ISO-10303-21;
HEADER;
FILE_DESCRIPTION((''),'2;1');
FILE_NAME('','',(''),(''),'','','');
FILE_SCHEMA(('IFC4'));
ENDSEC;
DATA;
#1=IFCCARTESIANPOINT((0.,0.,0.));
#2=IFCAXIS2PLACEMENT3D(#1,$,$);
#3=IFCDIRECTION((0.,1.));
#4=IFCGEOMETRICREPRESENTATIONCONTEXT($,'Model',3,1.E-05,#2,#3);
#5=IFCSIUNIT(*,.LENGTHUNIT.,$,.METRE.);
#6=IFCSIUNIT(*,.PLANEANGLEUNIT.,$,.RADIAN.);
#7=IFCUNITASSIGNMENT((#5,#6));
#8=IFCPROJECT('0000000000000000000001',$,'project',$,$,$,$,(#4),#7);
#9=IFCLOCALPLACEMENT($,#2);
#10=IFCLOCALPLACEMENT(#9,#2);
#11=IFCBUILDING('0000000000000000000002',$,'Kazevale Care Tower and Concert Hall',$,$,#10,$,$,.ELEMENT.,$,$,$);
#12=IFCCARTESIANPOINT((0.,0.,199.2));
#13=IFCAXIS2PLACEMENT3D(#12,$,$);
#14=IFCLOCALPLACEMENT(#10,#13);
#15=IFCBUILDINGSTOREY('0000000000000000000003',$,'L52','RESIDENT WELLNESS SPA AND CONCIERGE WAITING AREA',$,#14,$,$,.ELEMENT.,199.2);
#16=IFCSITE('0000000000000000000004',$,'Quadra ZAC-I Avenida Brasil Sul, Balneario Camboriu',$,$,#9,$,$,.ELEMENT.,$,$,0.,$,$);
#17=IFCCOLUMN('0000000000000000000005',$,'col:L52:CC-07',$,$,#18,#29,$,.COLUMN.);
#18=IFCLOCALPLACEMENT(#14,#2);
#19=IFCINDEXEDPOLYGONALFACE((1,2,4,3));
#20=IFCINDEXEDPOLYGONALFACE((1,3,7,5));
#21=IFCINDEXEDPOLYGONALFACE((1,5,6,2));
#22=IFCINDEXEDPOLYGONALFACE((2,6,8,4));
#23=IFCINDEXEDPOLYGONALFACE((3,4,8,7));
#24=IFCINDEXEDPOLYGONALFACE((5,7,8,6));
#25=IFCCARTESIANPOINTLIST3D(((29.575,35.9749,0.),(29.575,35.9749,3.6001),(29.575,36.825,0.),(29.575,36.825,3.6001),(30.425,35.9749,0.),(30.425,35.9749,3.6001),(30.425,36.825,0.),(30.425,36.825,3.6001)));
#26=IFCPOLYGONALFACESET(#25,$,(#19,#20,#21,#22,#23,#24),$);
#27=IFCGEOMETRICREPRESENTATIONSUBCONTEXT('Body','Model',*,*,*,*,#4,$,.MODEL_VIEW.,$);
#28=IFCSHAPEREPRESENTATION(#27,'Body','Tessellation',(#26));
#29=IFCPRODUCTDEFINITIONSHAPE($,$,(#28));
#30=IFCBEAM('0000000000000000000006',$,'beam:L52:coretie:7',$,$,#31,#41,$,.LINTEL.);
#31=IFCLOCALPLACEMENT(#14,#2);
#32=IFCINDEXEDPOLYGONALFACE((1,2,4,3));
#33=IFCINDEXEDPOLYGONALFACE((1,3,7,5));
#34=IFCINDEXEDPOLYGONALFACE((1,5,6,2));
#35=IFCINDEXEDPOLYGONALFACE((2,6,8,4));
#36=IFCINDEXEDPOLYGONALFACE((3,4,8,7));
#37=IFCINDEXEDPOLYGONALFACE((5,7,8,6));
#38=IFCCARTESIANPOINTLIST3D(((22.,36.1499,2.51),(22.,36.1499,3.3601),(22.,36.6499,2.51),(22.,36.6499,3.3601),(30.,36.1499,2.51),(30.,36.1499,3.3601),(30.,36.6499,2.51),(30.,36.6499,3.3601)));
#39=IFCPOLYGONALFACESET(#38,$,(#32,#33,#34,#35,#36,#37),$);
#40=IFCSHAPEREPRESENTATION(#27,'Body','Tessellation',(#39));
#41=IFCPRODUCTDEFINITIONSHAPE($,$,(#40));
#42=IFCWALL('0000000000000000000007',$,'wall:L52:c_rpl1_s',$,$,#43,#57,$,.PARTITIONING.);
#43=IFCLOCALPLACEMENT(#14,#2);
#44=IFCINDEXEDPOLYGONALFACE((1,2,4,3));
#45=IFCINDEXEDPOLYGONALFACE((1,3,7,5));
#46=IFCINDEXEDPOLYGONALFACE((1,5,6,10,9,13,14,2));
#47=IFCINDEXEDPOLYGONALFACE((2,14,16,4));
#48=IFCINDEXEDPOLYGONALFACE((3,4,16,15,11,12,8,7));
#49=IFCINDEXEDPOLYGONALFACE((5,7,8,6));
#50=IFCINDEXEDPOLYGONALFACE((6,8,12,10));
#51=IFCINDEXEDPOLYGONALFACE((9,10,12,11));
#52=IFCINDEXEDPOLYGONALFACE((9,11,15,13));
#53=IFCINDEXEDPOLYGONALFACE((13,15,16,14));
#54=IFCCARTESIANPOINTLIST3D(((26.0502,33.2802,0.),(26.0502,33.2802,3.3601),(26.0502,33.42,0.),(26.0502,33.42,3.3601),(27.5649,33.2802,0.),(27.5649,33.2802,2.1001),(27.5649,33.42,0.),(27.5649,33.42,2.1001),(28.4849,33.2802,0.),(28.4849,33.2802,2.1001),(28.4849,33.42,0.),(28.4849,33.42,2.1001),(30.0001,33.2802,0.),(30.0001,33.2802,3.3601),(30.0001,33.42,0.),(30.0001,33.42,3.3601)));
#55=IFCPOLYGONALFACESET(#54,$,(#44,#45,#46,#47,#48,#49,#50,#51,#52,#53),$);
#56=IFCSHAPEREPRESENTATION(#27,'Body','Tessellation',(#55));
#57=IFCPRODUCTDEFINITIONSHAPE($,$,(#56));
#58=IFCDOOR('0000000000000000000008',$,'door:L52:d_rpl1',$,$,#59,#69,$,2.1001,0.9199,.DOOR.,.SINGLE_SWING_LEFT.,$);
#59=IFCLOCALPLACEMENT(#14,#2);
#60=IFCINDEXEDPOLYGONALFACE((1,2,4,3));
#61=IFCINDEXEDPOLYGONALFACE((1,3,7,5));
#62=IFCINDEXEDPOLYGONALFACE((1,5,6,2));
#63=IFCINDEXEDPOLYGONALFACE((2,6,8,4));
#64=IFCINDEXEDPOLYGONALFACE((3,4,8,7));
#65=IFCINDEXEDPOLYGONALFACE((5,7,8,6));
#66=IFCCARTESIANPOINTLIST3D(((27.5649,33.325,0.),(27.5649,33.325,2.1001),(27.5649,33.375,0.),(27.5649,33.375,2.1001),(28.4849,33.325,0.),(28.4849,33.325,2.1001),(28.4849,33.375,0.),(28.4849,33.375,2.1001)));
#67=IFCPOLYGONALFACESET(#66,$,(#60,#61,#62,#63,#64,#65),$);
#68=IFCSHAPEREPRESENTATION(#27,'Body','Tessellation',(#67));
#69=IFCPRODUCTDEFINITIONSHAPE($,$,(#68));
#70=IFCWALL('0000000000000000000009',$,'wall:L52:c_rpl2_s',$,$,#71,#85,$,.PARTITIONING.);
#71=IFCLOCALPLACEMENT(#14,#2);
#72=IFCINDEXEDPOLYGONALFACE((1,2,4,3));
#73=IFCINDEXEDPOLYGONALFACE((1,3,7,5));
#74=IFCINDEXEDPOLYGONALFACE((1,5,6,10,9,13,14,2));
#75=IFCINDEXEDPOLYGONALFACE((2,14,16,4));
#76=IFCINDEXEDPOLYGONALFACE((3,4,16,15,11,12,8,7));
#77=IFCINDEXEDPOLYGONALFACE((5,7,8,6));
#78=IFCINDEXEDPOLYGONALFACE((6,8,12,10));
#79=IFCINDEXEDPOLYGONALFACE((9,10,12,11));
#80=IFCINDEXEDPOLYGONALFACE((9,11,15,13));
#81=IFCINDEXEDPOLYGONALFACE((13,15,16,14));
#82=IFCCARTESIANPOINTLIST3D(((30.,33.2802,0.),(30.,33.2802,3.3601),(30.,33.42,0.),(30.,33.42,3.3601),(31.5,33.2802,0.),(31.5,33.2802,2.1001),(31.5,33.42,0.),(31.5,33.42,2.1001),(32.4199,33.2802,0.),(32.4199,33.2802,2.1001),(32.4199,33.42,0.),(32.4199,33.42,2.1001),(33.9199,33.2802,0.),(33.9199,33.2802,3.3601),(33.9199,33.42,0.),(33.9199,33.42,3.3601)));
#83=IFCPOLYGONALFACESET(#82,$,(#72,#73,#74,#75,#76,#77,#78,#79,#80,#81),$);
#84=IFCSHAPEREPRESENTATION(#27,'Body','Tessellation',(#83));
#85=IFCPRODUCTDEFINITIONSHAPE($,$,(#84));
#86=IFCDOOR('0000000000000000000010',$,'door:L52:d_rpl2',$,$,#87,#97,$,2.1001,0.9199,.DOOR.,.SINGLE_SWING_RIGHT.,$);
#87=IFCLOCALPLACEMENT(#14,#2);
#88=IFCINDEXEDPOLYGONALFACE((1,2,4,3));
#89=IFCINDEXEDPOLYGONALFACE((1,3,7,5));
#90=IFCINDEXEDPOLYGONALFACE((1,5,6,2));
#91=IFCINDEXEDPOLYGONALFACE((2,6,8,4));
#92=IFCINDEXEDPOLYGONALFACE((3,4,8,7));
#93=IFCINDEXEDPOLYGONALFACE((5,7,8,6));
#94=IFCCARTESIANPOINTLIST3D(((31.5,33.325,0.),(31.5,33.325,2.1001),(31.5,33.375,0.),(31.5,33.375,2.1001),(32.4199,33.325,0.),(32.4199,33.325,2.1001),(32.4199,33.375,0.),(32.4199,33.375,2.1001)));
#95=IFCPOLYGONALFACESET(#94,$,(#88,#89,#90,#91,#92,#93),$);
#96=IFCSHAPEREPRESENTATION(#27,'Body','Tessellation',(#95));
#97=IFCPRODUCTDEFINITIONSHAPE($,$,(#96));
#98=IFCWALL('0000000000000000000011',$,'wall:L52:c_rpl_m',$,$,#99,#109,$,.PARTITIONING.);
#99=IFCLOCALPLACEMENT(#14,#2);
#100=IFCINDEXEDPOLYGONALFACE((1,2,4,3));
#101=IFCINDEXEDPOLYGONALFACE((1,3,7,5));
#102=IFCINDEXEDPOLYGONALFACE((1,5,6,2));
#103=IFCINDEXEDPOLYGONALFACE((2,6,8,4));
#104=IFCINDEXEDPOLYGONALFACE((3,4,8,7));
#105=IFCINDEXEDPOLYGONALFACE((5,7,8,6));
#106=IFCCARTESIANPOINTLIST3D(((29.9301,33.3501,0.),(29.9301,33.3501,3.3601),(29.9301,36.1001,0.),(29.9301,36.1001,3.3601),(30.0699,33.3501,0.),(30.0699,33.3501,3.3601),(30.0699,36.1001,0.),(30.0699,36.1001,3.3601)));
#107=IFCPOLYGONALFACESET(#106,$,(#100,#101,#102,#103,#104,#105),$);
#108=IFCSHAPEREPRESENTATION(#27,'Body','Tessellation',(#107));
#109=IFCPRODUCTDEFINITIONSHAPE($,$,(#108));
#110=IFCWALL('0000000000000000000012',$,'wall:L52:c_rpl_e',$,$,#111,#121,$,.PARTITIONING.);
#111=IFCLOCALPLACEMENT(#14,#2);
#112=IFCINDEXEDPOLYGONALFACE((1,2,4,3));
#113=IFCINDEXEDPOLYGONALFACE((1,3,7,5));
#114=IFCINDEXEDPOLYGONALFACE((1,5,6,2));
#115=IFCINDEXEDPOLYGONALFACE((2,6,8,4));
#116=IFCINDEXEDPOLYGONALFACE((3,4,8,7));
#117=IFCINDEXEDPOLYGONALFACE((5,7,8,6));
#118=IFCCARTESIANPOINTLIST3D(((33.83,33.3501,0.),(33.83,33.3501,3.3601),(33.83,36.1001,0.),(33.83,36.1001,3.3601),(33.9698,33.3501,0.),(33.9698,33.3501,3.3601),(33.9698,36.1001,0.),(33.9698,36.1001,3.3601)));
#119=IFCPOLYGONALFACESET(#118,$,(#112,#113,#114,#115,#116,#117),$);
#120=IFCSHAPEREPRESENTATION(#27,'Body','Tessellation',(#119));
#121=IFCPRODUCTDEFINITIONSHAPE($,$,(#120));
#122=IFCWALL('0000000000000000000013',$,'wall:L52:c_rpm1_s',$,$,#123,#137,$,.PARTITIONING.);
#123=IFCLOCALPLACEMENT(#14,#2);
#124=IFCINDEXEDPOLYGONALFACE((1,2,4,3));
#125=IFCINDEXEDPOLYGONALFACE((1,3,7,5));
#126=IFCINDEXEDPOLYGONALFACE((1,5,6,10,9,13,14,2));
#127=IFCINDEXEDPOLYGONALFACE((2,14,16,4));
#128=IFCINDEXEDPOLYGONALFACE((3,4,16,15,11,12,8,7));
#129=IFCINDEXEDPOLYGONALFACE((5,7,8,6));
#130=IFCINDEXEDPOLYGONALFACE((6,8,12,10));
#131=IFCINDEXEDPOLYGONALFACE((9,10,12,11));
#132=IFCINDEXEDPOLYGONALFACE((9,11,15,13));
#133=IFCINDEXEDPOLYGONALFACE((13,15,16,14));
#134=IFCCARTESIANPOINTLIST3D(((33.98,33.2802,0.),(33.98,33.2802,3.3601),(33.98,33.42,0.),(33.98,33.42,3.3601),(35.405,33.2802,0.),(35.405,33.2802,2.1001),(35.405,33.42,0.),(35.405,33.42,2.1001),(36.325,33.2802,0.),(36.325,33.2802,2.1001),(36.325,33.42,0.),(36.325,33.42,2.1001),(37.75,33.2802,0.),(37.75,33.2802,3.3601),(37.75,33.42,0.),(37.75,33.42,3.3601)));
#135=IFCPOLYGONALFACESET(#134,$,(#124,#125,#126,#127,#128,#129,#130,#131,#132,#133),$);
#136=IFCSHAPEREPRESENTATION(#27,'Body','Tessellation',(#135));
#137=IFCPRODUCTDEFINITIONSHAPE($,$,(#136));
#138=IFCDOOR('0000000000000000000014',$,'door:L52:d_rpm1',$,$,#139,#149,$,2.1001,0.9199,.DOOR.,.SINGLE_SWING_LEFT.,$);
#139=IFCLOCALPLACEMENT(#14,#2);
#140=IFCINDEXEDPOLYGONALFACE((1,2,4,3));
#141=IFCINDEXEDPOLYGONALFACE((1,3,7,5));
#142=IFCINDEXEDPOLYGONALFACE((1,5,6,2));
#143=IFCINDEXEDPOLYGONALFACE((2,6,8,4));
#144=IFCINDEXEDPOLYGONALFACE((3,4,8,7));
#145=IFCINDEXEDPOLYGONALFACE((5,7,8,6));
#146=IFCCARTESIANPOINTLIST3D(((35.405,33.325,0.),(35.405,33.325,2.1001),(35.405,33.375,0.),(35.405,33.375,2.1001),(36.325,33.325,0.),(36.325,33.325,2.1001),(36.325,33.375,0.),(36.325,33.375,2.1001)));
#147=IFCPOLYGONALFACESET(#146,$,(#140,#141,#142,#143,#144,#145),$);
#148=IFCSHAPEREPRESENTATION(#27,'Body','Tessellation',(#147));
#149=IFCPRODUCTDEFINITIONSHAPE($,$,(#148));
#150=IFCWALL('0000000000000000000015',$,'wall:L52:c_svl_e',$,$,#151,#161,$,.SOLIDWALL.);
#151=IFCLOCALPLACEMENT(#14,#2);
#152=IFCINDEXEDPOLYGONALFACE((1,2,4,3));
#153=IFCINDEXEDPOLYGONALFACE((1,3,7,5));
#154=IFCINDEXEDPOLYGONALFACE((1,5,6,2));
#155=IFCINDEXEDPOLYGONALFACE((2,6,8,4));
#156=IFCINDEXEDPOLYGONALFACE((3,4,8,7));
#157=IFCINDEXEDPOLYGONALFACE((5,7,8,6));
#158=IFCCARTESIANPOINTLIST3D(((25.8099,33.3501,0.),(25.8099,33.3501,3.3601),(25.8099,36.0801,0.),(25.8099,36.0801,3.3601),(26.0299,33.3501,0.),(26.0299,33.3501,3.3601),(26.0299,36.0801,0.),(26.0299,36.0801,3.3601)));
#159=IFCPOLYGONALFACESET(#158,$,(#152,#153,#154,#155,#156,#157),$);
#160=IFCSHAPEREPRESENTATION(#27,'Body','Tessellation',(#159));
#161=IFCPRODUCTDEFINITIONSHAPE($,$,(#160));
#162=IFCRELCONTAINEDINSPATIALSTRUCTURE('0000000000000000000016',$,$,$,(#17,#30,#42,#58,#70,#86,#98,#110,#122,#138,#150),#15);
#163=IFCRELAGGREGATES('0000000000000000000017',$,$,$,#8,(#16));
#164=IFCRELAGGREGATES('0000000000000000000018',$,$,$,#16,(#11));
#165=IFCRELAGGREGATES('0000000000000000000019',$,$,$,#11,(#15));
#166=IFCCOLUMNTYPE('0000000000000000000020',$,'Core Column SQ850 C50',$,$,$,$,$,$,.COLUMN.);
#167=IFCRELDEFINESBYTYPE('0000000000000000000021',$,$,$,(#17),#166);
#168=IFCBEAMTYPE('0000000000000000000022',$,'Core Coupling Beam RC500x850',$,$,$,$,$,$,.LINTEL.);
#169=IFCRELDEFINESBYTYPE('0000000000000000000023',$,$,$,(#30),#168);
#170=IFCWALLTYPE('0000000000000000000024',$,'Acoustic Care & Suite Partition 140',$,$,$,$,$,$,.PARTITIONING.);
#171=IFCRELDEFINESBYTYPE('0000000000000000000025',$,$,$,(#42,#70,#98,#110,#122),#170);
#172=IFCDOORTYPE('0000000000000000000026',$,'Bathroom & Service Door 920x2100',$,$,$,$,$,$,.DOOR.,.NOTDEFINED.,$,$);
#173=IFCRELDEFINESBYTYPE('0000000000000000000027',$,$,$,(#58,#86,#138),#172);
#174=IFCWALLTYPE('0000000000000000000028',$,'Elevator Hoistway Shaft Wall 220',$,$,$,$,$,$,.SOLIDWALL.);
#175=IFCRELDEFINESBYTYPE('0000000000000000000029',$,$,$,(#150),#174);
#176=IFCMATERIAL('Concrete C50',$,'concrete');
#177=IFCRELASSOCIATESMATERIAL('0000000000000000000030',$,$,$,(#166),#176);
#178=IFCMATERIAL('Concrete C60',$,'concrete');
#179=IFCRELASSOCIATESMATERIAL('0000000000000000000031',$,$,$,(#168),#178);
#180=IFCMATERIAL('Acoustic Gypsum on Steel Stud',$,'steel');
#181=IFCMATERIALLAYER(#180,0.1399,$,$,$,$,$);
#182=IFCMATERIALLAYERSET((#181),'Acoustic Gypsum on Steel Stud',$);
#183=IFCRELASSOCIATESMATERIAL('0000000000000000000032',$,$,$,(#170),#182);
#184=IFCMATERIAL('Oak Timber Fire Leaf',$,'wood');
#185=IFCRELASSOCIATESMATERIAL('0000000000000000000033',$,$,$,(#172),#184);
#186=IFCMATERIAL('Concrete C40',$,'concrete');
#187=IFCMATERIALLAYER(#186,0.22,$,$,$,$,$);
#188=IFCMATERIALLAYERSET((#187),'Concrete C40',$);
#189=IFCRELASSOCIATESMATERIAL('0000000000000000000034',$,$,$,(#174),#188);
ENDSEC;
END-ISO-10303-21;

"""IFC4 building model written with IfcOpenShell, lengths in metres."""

from ifc_helpers import new_model, si_unit, direction, frame, frame_2d, origin, origin_2d, place, context, subcontext, project, spatial, rectangle, extrude, material, layer, layer_set, material_profile, profile_set, type_object, element, fill, save


model = new_model("IFC4")

# Units and contexts
model_context = context("Model", 3, precision=1e-05, world=origin(), true_north=direction((0.0, 1.0)))
body_context = subcontext(model_context, "Body", "Model", "MODEL_VIEW")
ifc_project = project(units=[si_unit("LENGTHUNIT", "METRE"), si_unit("PLANEANGLEUNIT", "RADIAN")], contexts=[model_context])

# Site, building, storey
site_placement = place(None, origin())
site = spatial("IfcSite", under=ifc_project, at=site_placement, Name="Quadra ZAC-I Avenida Brasil Sul, Balneario Camboriu", CompositionType="ELEMENT", RefElevation=0.0)
building_placement = place(site_placement, origin())
building = spatial("IfcBuilding", under=site, at=building_placement, Name="Kazevale Care Tower and Concert Hall", CompositionType="ELEMENT")
storey_placement = place(building_placement, frame((0.0, 0.0, 199.2)))
storey = spatial("IfcBuildingStorey", under=building, at=storey_placement, Name="L52", Description="RESIDENT WELLNESS SPA AND CONCIERGE WAITING AREA", CompositionType="ELEMENT", Elevation=199.2)

# Column
ifc_material_1 = material(Name="Concrete C50", Category="concrete")
ifc_material_profile_1 = material_profile(ifc_material_1, rectangle(XDim=0.8501, YDim=0.8501, at=origin_2d()), Name="RC-SQ850")
ifc_profile_set_1 = profile_set([ifc_material_profile_1], Name="Concrete C50")
column_type = type_object("IfcColumnType", Name="Core Column SQ850 C50", PredefinedType="COLUMN", material=ifc_profile_set_1)
column_placement = place(storey_placement, frame((30.0, 36.3999, 0.0), z_axis=(0.0, 0.0, 1.0), x_axis=(1.0, 0.0, 0.0)))
element("IfcColumn", 1, at=column_placement, inside=storey, type_object=column_type, Name="col:L52:CC-07", PredefinedType="COLUMN", context=body_context, shape_type="SweptSolid", body=[
    extrude(rectangle(XDim=0.8501, YDim=0.8501, at=origin_2d()), origin(), (0.0, 0.0, 1.0), 3.6001),
])

# Beam
ifc_material_2 = material(Name="Concrete C60", Category="concrete")
ifc_material_profile_2 = material_profile(ifc_material_2, rectangle(XDim=0.5, YDim=0.8501, at=origin_2d()), Name="RC-B500x850")
ifc_profile_set_2 = profile_set([ifc_material_profile_2], Name="Concrete C60")
beam_type = type_object("IfcBeamType", Name="Core Coupling Beam RC500x850", PredefinedType="LINTEL", material=ifc_profile_set_2)
beam_placement = place(storey_placement, frame((30.0, 36.3999, 2.9351), z_axis=(-1.0, 0.0, 0.0), x_axis=(0.0, -1.0, 0.0)))
element("IfcBeam", 2, at=beam_placement, inside=storey, type_object=beam_type, Name="beam:L52:coretie:7", PredefinedType="LINTEL", context=body_context, shape_type="SweptSolid", body=[
    extrude(rectangle(XDim=0.5, YDim=0.8501, at=origin_2d()), origin(), (0.0, 0.0, 1.0), 8.0),
])

# Walls, openings, doors
ifc_material_3 = material(Name="Acoustic Gypsum on Steel Stud", Category="steel")
ifc_layer_1 = layer(ifc_material_3, 0.1399)
ifc_layer_set_1 = layer_set([ifc_layer_1], Name="Acoustic Gypsum on Steel Stud")
wall_type_1 = type_object("IfcWallType", Name="Acoustic Care & Suite Partition 140", PredefinedType="PARTITIONING", material=ifc_layer_set_1)
wall_1_placement = place(storey_placement, frame((26.05, 33.3501, 0.0), z_axis=(0.0, 0.0, 1.0), x_axis=(1.0, 0.0, 0.0)))
wall_1 = element("IfcWall", 3, at=wall_1_placement, inside=storey, type_object=wall_type_1, Name="wall:L52:c_rpl1_s", PredefinedType="PARTITIONING", context=body_context, shape_type="SweptSolid", body=[
    extrude(rectangle(XDim=3.95, YDim=0.1399, at=frame_2d((1.9751, 0.0))), origin(), (0.0, 0.0, 1.0), 3.3601),
])
opening_1_placement = place(wall_1_placement, frame((1.5149, 0.0, 0.0)))
opening_1 = element("IfcOpeningElement", 4, at=opening_1_placement, cuts=wall_1, PredefinedType="OPENING", context=body_context, shape_type="SweptSolid", body=[
    extrude(rectangle(XDim=0.9199, YDim=2.1001, at=frame_2d((0.46, 1.05))), frame((0.0, 0.0798, 0.0), z_axis=(0.0, -1.0, 0.0), x_axis=(1.0, 0.0, 0.0)), (0.0, 0.0, 1.0), 0.1599),
])
ifc_material_4 = material(Name="Oak Timber Fire Leaf", Category="wood")
door_type_1 = type_object("IfcDoorType", Name="Bathroom & Service Door 920x2100", OperationType="NOTDEFINED", PredefinedType="DOOR", material=ifc_material_4)
door_1_placement = place(opening_1_placement, origin())
door_1 = element("IfcDoor", 5, at=door_1_placement, inside=storey, type_object=door_type_1, Name="door:L52:d_rpl1", OperationType="SINGLE_SWING_LEFT", OverallHeight=2.1001, OverallWidth=0.9199, PredefinedType="DOOR", context=body_context, shape_type="SweptSolid", body=[
    extrude(rectangle(XDim=0.9199, YDim=2.1001, at=frame_2d((0.46, 1.05))), frame((0.0, 0.0249, 0.0), z_axis=(0.0, -1.0, 0.0), x_axis=(1.0, 0.0, 0.0)), (0.0, 0.0, 1.0), 0.05),
])
fill(opening_1, door_1)
wall_2_placement = place(storey_placement, frame((30.0, 33.3501, 0.0), z_axis=(0.0, 0.0, 1.0), x_axis=(1.0, 0.0, 0.0)))
wall_2 = element("IfcWall", 6, at=wall_2_placement, inside=storey, type_object=wall_type_1, Name="wall:L52:c_rpl2_s", PredefinedType="PARTITIONING", context=body_context, shape_type="SweptSolid", body=[
    extrude(rectangle(XDim=3.9199, YDim=0.1399, at=frame_2d((1.96, 0.0))), origin(), (0.0, 0.0, 1.0), 3.3601),
])
opening_2_placement = place(wall_2_placement, frame((1.5, 0.0, 0.0)))
opening_2 = element("IfcOpeningElement", 7, at=opening_2_placement, cuts=wall_2, PredefinedType="OPENING", context=body_context, shape_type="SweptSolid", body=[
    extrude(rectangle(XDim=0.9199, YDim=2.1001, at=frame_2d((0.46, 1.05))), frame((0.0, 0.0798, 0.0), z_axis=(0.0, -1.0, 0.0), x_axis=(1.0, 0.0, 0.0)), (0.0, 0.0, 1.0), 0.1599),
])
door_2_placement = place(opening_2_placement, origin())
door_2 = element("IfcDoor", 8, at=door_2_placement, inside=storey, type_object=door_type_1, Name="door:L52:d_rpl2", OperationType="SINGLE_SWING_RIGHT", OverallHeight=2.1001, OverallWidth=0.9199, PredefinedType="DOOR", context=body_context, shape_type="SweptSolid", body=[
    extrude(rectangle(XDim=0.9199, YDim=2.1001, at=frame_2d((0.46, 1.05))), frame((0.0, 0.0249, 0.0), z_axis=(0.0, -1.0, 0.0), x_axis=(1.0, 0.0, 0.0)), (0.0, 0.0, 1.0), 0.05),
])
fill(opening_2, door_2)

# Walls
for number, where, z_axis, x_axis, name in (
    (9, (30.0, 33.3501, 0.0), (0.0, 0.0, 1.0), (0.0, 1.0, 0.0), "wall:L52:c_rpl_m"),
    (10, (33.8999, 33.3501, 0.0), (0.0, 0.0, 1.0), (0.0, 1.0, 0.0), "wall:L52:c_rpl_e"),
):
    element("IfcWall", number, at=place(storey_placement, frame(where, z_axis=z_axis, x_axis=x_axis)), inside=storey, type_object=wall_type_1, Name=name, PredefinedType="PARTITIONING", context=body_context, shape_type="SweptSolid", body=[
        extrude(rectangle(XDim=2.75, YDim=0.1399, at=frame_2d((1.375, 0.0))), origin(), (0.0, 0.0, 1.0), 3.3601),
    ])

# Wall, opening, door
wall_3_placement = place(storey_placement, frame((33.98, 33.3501, 0.0), z_axis=(0.0, 0.0, 1.0), x_axis=(1.0, 0.0, 0.0)))
wall_3 = element("IfcWall", 11, at=wall_3_placement, inside=storey, type_object=wall_type_1, Name="wall:L52:c_rpm1_s", PredefinedType="PARTITIONING", context=body_context, shape_type="SweptSolid", body=[
    extrude(rectangle(XDim=3.77, YDim=0.1399, at=frame_2d((1.885, 0.0))), origin(), (0.0, 0.0, 1.0), 3.3601),
])
opening_3_placement = place(wall_3_placement, frame((1.425, 0.0, 0.0)))
opening_3 = element("IfcOpeningElement", 12, at=opening_3_placement, cuts=wall_3, PredefinedType="OPENING", context=body_context, shape_type="SweptSolid", body=[
    extrude(rectangle(XDim=0.9199, YDim=2.1001, at=frame_2d((0.46, 1.05))), frame((0.0, 0.0798, 0.0), z_axis=(0.0, -1.0, 0.0), x_axis=(1.0, 0.0, 0.0)), (0.0, 0.0, 1.0), 0.1599),
])
door_3_placement = place(opening_3_placement, origin())
door_3 = element("IfcDoor", 13, at=door_3_placement, inside=storey, type_object=door_type_1, Name="door:L52:d_rpm1", OperationType="SINGLE_SWING_LEFT", OverallHeight=2.1001, OverallWidth=0.9199, PredefinedType="DOOR", context=body_context, shape_type="SweptSolid", body=[
    extrude(rectangle(XDim=0.9199, YDim=2.1001, at=frame_2d((0.46, 1.05))), frame((0.0, 0.0249, 0.0), z_axis=(0.0, -1.0, 0.0), x_axis=(1.0, 0.0, 0.0)), (0.0, 0.0, 1.0), 0.05),
])
fill(opening_3, door_3)

# Wall
ifc_material_5 = material(Name="Concrete C40", Category="concrete")
ifc_layer_2 = layer(ifc_material_5, 0.22)
ifc_layer_set_2 = layer_set([ifc_layer_2], Name="Concrete C40")
wall_type_2 = type_object("IfcWallType", Name="Elevator Hoistway Shaft Wall 220", PredefinedType="SOLIDWALL", material=ifc_layer_set_2)
wall_4_placement = place(storey_placement, frame((25.9199, 33.3501, 0.0), z_axis=(0.0, 0.0, 1.0), x_axis=(0.0, 1.0, 0.0)))
element("IfcWall", 14, at=wall_4_placement, inside=storey, type_object=wall_type_2, Name="wall:L52:c_svl_e", PredefinedType="SOLIDWALL", context=body_context, shape_type="SweptSolid", body=[
    extrude(rectangle(XDim=2.73, YDim=0.22, at=frame_2d((1.365, 0.0))), origin(), (0.0, 0.0, 1.0), 3.3601),
])

save(model, "model.ifc")
